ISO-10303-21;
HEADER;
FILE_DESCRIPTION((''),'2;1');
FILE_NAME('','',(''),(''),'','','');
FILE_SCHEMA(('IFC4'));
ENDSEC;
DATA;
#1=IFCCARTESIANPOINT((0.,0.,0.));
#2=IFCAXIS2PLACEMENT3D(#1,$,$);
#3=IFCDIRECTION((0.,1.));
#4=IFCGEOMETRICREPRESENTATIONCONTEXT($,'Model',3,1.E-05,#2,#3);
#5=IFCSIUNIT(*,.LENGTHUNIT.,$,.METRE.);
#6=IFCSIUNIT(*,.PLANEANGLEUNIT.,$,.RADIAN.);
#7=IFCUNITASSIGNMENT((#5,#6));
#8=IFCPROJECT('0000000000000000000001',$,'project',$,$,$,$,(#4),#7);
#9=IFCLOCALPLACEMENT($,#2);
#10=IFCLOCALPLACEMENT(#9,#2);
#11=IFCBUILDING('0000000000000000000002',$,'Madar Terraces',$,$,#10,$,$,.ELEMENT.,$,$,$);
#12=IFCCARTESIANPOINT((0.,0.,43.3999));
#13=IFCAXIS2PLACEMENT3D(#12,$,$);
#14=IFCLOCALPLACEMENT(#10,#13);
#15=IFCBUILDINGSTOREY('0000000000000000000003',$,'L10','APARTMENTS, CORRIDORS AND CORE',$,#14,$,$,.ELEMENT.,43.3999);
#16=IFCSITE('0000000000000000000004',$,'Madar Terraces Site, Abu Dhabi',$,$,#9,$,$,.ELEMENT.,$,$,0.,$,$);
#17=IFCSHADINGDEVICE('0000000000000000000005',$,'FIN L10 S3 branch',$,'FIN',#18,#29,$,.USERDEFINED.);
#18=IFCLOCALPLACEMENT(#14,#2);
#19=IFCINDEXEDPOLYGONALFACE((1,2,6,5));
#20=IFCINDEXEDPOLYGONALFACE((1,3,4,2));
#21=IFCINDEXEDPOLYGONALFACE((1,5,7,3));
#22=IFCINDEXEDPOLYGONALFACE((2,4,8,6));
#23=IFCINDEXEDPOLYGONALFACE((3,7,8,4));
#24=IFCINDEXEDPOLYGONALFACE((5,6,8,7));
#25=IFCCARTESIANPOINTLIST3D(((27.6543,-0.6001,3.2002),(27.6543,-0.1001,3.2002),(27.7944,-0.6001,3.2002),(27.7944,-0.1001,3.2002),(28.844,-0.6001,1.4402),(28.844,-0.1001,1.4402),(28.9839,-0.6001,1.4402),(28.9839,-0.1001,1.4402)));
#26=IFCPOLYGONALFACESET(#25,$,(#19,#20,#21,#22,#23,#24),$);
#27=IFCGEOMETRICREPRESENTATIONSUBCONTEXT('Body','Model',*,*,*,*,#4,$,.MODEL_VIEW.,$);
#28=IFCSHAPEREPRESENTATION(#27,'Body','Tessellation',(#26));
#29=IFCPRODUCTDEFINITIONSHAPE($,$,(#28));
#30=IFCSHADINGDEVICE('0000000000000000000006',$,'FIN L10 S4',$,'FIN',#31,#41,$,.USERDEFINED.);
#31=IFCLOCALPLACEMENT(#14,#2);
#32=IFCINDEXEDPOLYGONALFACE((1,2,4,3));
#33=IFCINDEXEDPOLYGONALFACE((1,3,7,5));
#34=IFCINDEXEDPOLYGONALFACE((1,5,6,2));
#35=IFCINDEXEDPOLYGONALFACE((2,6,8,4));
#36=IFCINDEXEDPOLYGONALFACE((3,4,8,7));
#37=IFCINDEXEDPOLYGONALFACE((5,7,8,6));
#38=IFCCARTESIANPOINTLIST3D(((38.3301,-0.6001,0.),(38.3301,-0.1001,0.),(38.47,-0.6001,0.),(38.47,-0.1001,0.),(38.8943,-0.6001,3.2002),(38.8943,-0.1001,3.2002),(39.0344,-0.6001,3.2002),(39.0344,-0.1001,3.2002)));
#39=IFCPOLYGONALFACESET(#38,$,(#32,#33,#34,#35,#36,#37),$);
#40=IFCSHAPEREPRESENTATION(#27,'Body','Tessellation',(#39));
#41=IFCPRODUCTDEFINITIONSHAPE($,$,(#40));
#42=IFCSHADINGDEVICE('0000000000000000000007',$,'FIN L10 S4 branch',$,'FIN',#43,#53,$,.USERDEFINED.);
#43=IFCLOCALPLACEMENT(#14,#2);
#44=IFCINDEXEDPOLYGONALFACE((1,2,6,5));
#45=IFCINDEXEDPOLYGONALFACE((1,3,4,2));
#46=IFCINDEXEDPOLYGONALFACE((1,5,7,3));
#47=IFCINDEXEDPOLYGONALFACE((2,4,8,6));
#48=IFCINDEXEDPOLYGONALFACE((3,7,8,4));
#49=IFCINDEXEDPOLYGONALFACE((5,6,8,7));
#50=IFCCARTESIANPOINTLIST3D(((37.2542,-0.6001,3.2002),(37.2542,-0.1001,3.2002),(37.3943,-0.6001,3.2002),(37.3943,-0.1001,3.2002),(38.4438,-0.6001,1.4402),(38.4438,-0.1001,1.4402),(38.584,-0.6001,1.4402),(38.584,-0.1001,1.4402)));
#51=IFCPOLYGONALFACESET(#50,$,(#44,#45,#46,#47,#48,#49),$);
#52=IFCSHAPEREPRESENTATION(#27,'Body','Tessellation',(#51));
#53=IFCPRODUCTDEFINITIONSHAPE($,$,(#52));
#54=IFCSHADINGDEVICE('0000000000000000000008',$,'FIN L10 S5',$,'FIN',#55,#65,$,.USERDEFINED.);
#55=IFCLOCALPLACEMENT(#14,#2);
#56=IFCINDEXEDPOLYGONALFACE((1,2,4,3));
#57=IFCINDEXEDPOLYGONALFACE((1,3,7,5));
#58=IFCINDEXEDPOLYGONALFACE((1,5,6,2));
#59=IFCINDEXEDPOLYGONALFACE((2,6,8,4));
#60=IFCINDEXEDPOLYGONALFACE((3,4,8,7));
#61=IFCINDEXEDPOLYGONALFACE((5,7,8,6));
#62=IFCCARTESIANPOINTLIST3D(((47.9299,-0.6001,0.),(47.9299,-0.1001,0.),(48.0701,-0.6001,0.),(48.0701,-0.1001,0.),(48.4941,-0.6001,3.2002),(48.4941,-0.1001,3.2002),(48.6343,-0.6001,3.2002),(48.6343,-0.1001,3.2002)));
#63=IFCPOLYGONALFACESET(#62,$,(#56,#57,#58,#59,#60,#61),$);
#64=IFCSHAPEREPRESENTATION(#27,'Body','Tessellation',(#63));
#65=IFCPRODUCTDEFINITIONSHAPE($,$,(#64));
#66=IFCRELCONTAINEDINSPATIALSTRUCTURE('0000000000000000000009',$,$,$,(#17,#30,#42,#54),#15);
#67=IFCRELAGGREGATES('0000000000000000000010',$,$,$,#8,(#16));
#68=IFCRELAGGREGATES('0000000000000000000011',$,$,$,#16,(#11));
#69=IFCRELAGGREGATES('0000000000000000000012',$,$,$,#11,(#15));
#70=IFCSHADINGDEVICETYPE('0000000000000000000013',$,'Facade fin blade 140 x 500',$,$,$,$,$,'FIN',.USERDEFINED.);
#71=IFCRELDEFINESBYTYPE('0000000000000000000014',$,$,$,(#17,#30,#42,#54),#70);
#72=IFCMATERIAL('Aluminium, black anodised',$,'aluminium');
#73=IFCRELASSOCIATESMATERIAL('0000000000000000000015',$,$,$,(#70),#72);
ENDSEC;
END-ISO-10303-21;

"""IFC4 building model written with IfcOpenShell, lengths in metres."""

from ifc_helpers import new_model, si_unit, direction, frame, origin, place, context, subcontext, project, spatial, polyline, outline, extrude, material, type_object, element, save


model = new_model("IFC4")

# Units and contexts
model_context = context("Model", 3, precision=1e-05, world=origin(), true_north=direction((0.0, 1.0)))
body_context = subcontext(model_context, "Body", "Model", "MODEL_VIEW")
ifc_project = project(units=[si_unit("LENGTHUNIT", "METRE"), si_unit("PLANEANGLEUNIT", "RADIAN")], contexts=[model_context])

# Site, building, storey
site_placement = place(None, origin())
site = spatial("IfcSite", under=ifc_project, at=site_placement, Name="Madar Terraces Site, Abu Dhabi", CompositionType="ELEMENT", RefElevation=0.0)
building_placement = place(site_placement, origin())
building = spatial("IfcBuilding", under=site, at=building_placement, Name="Madar Terraces", CompositionType="ELEMENT")
storey_placement = place(building_placement, frame((0.0, 0.0, 43.3999)))
storey = spatial("IfcBuildingStorey", under=building, at=storey_placement, Name="L10", Description="APARTMENTS, CORRIDORS AND CORE", CompositionType="ELEMENT", Elevation=43.3999)

# Shading devices
ifc_material_1 = material(Name="Aluminium, black anodised", Category="aluminium")
shading_device_type = type_object("IfcShadingDeviceType", Name="Facade fin blade 140 x 500", ElementType="FIN", PredefinedType="USERDEFINED", material=ifc_material_1)
shading_device_1_placement = place(storey_placement, frame((28.844, -0.3501, 1.4402), z_axis=(0.0, 0.0, 1.0), x_axis=(1.0, 0.0, 0.0)))
element("IfcShadingDevice", 1, at=shading_device_1_placement, inside=storey, type_object=shading_device_type, Name="FIN L10 S3 branch", ObjectType="FIN", PredefinedType="USERDEFINED", context=body_context, shape_type="SweptSolid", body=[
    extrude(outline(polyline([(0.0, 0.0), (0.1399, 0.0), (-1.0496, 1.76), (-1.1897, 1.76), (0.0, 0.0)])), frame((0.0, 0.25, 0.0), z_axis=(0.0, -1.0, 0.0), x_axis=(1.0, 0.0, 0.0)), (0.0, 0.0, 1.0), 0.5),
])
shading_device_2_placement = place(storey_placement, frame((38.3301, -0.3501, 0.0), z_axis=(0.0, 0.0, 1.0), x_axis=(1.0, 0.0, 0.0)))
element("IfcShadingDevice", 2, at=shading_device_2_placement, inside=storey, type_object=shading_device_type, Name="FIN L10 S4", ObjectType="FIN", PredefinedType="USERDEFINED", context=body_context, shape_type="SweptSolid", body=[
    extrude(outline(polyline([(0.0, 0.0), (0.1399, 0.0), (0.7043, 3.2002), (0.5642, 3.2002), (0.0, 0.0)])), frame((0.0, 0.25, 0.0), z_axis=(0.0, -1.0, 0.0), x_axis=(1.0, 0.0, 0.0)), (0.0, 0.0, 1.0), 0.5),
])
shading_device_3_placement = place(storey_placement, frame((38.4438, -0.3501, 1.4402), z_axis=(0.0, 0.0, 1.0), x_axis=(1.0, 0.0, 0.0)))
element("IfcShadingDevice", 3, at=shading_device_3_placement, inside=storey, type_object=shading_device_type, Name="FIN L10 S4 branch", ObjectType="FIN", PredefinedType="USERDEFINED", context=body_context, shape_type="SweptSolid", body=[
    extrude(outline(polyline([(0.0, 0.0), (0.1401, 0.0), (-1.0496, 1.76), (-1.1897, 1.76), (0.0, 0.0)])), frame((0.0, 0.25, 0.0), z_axis=(0.0, -1.0, 0.0), x_axis=(1.0, 0.0, 0.0)), (0.0, 0.0, 1.0), 0.5),
])
shading_device_4_placement = place(storey_placement, frame((47.9299, -0.3501, 0.0), z_axis=(0.0, 0.0, 1.0), x_axis=(1.0, 0.0, 0.0)))
element("IfcShadingDevice", 4, at=shading_device_4_placement, inside=storey, type_object=shading_device_type, Name="FIN L10 S5", ObjectType="FIN", PredefinedType="USERDEFINED", context=body_context, shape_type="SweptSolid", body=[
    extrude(outline(polyline([(0.0, 0.0), (0.1401, 0.0), (0.7043, 3.2002), (0.5642, 3.2002), (0.0, 0.0)])), frame((0.0, 0.25, 0.0), z_axis=(0.0, -1.0, 0.0), x_axis=(1.0, 0.0, 0.0)), (0.0, 0.0, 1.0), 0.5),
])

save(model, "model.ifc")
